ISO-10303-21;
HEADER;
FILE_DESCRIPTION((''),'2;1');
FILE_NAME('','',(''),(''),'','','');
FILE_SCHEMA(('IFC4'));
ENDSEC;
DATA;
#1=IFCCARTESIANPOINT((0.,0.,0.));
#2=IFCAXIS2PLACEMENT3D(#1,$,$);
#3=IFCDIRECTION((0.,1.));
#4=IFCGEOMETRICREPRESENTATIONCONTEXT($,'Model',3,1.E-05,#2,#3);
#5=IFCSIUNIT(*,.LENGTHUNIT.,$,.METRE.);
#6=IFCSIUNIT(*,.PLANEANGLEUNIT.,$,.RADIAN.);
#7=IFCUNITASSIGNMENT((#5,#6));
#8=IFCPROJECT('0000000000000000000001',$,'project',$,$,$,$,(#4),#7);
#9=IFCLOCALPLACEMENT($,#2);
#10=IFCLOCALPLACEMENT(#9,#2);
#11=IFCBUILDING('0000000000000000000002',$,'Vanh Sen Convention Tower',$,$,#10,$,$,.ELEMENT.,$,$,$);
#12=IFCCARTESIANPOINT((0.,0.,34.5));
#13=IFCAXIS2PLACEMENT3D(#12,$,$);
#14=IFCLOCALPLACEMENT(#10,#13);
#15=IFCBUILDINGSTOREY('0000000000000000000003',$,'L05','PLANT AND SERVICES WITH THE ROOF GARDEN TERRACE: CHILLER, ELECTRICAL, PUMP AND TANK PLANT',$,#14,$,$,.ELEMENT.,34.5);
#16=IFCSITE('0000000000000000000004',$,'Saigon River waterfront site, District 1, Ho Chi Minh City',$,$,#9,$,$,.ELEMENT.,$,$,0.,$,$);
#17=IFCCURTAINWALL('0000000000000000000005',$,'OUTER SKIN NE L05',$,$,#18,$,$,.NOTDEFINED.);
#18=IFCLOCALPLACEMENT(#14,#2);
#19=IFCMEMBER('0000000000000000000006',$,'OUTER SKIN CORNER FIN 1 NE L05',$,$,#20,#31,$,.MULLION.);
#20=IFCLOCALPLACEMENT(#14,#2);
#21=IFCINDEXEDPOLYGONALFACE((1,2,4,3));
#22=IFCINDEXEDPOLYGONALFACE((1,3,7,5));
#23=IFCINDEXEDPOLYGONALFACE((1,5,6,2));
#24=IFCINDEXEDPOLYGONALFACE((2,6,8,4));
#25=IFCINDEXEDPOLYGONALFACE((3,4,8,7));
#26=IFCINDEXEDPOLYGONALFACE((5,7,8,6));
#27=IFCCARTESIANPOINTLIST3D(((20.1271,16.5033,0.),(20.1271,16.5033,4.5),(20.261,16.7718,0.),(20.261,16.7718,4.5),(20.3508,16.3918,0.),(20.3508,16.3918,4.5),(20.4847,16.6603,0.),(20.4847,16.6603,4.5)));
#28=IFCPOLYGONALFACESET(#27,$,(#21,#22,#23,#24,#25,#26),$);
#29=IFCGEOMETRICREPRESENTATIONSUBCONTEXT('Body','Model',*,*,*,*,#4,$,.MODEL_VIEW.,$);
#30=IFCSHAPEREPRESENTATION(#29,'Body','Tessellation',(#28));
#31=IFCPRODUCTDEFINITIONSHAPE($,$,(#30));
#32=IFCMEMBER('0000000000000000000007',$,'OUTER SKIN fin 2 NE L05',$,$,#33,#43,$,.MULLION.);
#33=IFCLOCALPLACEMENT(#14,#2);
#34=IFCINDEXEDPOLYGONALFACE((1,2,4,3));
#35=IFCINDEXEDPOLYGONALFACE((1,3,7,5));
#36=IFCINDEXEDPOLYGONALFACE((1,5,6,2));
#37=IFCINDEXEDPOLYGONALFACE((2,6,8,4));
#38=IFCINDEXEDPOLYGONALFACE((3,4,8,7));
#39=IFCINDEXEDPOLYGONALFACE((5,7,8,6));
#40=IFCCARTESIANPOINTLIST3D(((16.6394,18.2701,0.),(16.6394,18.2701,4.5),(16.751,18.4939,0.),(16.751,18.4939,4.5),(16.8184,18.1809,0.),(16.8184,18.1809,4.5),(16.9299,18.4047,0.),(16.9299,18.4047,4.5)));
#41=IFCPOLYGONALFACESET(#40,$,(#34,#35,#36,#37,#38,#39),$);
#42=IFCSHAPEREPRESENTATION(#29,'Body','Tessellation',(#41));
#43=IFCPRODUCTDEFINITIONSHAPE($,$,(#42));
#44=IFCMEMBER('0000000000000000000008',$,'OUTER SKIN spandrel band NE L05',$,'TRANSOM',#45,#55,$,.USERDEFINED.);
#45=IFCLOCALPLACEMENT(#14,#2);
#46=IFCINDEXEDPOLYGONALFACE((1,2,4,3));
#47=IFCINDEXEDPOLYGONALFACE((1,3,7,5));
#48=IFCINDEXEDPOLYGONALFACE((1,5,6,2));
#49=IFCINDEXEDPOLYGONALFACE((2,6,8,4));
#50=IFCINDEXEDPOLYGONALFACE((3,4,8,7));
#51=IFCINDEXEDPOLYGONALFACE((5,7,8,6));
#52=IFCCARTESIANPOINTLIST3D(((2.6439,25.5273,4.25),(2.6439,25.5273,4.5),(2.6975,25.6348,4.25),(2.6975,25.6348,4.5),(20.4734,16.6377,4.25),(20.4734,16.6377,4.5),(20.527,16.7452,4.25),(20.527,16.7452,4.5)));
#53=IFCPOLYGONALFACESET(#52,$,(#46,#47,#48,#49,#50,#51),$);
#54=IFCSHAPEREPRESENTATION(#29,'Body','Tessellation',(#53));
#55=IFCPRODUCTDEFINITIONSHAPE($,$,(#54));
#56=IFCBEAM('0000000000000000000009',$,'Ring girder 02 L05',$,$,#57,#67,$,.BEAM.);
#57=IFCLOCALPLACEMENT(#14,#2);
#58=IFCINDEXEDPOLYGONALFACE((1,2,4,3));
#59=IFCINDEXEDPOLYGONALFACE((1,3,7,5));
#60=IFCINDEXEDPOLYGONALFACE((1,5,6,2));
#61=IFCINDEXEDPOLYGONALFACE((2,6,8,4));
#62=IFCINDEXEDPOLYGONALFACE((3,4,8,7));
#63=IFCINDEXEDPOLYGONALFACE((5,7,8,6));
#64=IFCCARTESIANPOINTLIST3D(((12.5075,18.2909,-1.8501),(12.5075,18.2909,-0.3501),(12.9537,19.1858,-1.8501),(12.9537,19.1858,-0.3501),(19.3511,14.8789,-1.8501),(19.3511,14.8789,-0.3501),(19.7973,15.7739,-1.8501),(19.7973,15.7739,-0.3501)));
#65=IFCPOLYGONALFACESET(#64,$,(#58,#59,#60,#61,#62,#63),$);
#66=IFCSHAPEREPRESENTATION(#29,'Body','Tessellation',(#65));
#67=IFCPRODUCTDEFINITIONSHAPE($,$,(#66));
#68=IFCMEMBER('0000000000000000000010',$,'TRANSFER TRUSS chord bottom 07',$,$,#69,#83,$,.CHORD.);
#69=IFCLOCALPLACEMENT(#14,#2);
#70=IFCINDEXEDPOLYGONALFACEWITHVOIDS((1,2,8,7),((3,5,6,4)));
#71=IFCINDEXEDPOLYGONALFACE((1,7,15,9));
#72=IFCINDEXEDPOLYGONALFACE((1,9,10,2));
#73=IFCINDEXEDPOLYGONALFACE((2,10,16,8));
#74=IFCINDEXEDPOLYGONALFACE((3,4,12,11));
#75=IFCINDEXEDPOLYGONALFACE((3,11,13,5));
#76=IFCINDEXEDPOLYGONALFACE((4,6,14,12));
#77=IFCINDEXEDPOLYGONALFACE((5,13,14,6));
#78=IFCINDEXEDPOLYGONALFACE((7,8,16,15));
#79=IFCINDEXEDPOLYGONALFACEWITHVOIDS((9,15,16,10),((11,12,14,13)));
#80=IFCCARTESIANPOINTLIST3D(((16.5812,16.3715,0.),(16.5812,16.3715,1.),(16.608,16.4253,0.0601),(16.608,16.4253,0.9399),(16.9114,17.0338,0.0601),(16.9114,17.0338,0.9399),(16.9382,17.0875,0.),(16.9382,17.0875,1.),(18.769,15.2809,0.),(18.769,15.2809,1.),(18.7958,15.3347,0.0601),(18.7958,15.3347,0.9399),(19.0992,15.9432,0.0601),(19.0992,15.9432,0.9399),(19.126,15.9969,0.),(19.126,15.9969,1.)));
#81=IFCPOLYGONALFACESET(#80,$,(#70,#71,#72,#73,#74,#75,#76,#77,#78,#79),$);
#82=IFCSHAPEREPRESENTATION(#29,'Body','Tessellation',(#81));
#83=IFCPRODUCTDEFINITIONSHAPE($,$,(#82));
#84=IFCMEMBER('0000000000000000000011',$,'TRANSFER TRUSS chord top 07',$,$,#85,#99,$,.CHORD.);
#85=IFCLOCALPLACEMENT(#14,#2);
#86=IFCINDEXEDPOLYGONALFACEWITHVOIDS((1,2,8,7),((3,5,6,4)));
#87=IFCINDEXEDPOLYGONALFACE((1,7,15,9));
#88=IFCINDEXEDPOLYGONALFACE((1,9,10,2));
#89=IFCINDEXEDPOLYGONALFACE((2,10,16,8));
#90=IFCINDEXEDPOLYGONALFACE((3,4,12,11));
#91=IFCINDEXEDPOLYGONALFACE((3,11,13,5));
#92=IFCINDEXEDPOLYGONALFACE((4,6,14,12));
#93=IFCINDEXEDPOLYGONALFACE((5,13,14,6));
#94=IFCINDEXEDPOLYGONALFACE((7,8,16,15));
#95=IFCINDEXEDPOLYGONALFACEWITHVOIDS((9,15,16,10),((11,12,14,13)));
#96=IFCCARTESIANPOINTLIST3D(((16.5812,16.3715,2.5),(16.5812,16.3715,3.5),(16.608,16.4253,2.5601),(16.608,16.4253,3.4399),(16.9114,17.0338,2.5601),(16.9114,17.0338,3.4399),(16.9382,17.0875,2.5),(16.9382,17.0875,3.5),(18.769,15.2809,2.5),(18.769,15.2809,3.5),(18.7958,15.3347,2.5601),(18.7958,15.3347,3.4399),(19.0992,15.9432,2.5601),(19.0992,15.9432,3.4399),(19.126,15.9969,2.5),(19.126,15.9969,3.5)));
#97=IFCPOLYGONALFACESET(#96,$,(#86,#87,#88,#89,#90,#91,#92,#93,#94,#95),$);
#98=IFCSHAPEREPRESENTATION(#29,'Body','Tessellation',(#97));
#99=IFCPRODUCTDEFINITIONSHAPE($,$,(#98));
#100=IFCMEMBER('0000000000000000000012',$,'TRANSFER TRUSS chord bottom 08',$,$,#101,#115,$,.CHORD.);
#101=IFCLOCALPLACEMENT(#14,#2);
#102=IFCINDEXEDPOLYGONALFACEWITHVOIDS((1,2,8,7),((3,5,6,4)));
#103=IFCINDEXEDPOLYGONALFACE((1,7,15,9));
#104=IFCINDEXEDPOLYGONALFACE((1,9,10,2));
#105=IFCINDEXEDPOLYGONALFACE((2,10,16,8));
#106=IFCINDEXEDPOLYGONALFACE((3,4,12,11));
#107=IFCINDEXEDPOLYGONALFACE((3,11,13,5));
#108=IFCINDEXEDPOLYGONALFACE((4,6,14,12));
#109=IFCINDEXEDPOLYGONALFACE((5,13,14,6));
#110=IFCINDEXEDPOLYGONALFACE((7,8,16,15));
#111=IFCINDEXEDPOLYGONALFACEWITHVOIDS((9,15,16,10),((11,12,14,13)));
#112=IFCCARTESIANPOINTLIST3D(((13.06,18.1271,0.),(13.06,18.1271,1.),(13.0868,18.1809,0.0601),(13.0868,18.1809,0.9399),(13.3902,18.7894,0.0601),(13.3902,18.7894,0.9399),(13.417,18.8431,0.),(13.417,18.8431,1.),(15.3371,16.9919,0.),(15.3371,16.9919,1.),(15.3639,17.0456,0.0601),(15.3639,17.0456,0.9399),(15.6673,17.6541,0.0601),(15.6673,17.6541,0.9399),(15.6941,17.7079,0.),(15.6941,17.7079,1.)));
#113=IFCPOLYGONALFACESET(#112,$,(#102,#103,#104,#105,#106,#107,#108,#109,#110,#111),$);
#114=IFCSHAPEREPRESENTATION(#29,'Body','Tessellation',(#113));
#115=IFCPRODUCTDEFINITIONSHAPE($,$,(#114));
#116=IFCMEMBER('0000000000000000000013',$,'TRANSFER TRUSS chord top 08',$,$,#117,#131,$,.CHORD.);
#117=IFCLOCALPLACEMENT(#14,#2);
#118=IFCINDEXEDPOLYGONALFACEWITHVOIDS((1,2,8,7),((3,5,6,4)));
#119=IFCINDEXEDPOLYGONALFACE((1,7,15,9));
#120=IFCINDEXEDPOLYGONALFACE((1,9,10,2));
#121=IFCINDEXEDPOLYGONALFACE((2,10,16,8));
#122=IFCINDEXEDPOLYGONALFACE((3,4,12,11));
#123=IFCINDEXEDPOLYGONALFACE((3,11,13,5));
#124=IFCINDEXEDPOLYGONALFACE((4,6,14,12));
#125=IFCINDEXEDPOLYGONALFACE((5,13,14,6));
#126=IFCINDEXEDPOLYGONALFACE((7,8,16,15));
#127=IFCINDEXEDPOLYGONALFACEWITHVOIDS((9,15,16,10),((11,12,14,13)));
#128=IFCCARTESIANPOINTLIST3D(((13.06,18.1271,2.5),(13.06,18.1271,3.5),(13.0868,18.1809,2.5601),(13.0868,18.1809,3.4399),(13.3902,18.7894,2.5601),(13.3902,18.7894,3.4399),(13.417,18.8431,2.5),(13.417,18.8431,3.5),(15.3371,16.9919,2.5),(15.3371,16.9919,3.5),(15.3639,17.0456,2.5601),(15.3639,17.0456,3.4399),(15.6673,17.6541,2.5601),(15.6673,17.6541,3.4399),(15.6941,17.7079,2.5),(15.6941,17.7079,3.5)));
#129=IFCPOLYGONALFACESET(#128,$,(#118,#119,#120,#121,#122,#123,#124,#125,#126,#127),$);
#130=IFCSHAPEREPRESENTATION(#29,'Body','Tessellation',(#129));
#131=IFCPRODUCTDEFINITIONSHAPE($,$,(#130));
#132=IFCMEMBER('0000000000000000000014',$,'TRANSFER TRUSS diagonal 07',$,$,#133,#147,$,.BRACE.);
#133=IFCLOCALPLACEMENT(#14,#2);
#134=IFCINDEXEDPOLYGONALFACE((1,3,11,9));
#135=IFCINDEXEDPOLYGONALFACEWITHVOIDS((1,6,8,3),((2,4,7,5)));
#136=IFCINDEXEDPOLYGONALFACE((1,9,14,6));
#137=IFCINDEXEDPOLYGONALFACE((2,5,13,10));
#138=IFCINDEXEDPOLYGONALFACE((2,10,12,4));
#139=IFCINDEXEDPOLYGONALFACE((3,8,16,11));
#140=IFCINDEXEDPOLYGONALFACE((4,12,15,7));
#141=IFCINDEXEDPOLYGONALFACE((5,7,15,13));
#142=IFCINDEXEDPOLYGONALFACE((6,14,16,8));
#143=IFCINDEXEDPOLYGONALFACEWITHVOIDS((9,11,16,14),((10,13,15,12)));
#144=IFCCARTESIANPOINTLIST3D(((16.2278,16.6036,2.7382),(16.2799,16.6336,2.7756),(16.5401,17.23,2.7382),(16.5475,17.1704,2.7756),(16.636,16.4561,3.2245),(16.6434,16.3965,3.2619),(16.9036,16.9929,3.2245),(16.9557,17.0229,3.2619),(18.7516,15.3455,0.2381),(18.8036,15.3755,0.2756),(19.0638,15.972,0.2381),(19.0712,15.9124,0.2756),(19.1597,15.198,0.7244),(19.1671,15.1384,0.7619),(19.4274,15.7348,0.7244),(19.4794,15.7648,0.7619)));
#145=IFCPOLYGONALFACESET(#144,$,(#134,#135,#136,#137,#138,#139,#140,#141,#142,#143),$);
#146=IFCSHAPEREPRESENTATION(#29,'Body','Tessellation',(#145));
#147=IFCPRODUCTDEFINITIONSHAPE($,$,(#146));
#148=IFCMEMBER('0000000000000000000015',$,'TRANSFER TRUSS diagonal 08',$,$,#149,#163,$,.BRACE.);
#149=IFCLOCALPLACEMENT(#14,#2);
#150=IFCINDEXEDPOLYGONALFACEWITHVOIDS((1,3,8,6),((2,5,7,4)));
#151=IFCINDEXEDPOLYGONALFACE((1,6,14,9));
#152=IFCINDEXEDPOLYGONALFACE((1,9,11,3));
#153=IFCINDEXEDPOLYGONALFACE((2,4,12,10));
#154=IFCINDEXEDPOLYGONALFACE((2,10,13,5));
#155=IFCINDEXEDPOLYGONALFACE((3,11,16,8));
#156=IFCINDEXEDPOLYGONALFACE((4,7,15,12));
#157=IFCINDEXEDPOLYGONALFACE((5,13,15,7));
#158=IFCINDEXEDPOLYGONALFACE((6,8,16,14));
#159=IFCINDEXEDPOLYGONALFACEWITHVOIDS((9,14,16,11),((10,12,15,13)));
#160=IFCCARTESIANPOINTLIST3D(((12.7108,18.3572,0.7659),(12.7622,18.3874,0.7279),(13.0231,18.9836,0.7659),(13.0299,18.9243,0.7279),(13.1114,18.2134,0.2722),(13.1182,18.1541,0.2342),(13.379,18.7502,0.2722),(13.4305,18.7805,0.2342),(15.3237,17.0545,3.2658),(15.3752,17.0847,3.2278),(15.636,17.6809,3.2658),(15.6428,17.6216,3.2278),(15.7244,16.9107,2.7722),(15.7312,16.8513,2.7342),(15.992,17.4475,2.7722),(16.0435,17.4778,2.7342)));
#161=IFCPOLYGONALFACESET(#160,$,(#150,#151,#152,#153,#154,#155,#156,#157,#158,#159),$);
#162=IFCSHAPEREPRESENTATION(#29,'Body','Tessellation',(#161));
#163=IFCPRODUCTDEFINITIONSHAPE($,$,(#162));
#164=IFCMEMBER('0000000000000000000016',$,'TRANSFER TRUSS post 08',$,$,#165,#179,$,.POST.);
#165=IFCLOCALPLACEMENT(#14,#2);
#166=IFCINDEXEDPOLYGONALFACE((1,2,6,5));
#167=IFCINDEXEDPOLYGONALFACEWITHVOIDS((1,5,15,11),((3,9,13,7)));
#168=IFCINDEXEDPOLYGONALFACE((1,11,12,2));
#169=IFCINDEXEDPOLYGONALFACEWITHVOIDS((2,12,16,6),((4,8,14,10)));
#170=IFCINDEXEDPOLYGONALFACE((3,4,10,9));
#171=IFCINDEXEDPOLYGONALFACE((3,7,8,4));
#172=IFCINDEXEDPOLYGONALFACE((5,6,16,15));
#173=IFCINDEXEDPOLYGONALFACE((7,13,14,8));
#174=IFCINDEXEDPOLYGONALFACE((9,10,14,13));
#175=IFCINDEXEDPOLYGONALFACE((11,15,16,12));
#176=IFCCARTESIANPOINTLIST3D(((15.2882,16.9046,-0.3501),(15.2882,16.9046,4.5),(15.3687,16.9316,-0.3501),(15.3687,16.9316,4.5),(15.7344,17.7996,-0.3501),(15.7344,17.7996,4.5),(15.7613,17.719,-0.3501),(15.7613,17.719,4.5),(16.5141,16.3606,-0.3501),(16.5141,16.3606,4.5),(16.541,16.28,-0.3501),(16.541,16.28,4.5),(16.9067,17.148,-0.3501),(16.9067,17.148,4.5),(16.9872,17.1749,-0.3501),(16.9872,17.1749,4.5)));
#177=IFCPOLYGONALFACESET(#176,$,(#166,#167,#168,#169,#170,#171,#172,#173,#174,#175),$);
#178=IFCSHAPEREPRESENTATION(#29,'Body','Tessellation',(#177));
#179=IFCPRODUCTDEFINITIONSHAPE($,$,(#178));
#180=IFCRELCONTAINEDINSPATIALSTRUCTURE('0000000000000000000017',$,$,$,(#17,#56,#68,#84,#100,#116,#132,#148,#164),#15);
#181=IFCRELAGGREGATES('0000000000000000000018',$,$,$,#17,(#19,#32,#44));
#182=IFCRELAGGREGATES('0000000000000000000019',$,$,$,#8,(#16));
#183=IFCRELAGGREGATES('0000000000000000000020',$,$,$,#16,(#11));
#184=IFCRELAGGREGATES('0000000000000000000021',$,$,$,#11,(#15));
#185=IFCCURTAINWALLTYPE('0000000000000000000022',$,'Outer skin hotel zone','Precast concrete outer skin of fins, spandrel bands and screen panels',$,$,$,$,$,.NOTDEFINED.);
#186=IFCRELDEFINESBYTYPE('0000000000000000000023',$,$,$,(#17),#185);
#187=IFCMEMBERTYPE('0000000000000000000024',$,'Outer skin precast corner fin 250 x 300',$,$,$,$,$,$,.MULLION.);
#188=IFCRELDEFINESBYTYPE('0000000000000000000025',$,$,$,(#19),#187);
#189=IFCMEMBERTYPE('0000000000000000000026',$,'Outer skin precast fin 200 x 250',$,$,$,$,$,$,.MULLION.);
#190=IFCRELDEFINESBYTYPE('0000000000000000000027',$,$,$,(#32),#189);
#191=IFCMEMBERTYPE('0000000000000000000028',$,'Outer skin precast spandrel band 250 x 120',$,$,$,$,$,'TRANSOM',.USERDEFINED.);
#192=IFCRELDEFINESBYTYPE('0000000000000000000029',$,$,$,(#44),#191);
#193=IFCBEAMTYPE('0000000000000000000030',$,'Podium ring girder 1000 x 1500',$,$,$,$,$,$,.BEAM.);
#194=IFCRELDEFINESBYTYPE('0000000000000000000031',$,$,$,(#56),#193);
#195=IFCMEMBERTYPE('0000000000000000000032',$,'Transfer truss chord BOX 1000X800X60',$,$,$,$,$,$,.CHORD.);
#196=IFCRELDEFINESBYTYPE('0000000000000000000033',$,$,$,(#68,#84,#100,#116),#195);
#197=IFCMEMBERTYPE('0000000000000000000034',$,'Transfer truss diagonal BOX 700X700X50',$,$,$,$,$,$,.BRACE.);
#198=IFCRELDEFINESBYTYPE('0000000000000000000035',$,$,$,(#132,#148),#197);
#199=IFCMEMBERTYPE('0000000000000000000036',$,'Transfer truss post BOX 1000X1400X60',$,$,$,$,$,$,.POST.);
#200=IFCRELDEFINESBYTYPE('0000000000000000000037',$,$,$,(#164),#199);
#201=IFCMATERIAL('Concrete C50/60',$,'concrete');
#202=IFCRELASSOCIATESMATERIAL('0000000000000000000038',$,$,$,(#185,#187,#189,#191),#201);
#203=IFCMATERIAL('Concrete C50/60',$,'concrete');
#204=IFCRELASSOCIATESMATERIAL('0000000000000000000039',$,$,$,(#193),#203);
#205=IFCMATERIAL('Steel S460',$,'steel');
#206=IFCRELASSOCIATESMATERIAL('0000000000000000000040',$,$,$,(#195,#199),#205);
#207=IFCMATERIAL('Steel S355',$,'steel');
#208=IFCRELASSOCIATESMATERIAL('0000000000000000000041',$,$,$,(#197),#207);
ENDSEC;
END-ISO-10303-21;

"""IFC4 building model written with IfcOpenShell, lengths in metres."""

from ifc_helpers import new_model, si_unit, direction, frame, origin, origin_2d, place, context, subcontext, project, spatial, rectangle, hollow_rectangle, extrude, material, material_profile, profile_set, type_object, element, aggregate, save


model = new_model("IFC4")

# Units and contexts
model_context = context("Model", 3, precision=1e-05, world=origin(), true_north=direction((0.0, 1.0)))
body_context = subcontext(model_context, "Body", "Model", "MODEL_VIEW")
ifc_project = project(units=[si_unit("LENGTHUNIT", "METRE"), si_unit("PLANEANGLEUNIT", "RADIAN")], contexts=[model_context])

# Site, building, storey
site_placement = place(None, origin())
site = spatial("IfcSite", under=ifc_project, at=site_placement, Name="Saigon River waterfront site, District 1, Ho Chi Minh City", CompositionType="ELEMENT", RefElevation=0.0)
building_placement = place(site_placement, origin())
building = spatial("IfcBuilding", under=site, at=building_placement, Name="Vanh Sen Convention Tower", CompositionType="ELEMENT")
storey_placement = place(building_placement, frame((0.0, 0.0, 34.5)))
storey = spatial("IfcBuildingStorey", under=building, at=storey_placement, Name="L05", Description="PLANT AND SERVICES WITH THE ROOF GARDEN TERRACE: CHILLER, ELECTRICAL, PUMP AND TANK PLANT", CompositionType="ELEMENT", Elevation=34.5)

# Curtain wall, members
ifc_material_1 = material(Name="Concrete C50/60", Category="concrete")
curtain_wall_type = type_object("IfcCurtainWallType", Name="Outer skin hotel zone", Description="Precast concrete outer skin of fins, spandrel bands and screen panels", PredefinedType="NOTDEFINED", material=ifc_material_1)
curtain_wall_placement = place(storey_placement, origin())
curtain_wall = element("IfcCurtainWall", 1, at=curtain_wall_placement, inside=storey, type_object=curtain_wall_type, Name="OUTER SKIN NE L05", PredefinedType="NOTDEFINED")
ifc_material_profile_1 = material_profile(ifc_material_1, rectangle(XDim=0.25, YDim=0.3, at=origin_2d()), Name="Outer skin precast corner fin 250 x 300")
ifc_profile_set_1 = profile_set([ifc_material_profile_1], Name="Concrete C50/60")
member_type_1 = type_object("IfcMemberType", Name="Outer skin precast corner fin 250 x 300", PredefinedType="MULLION", material=ifc_profile_set_1)
member_1_placement = place(storey_placement, frame((20.3059, 16.5818, 0.0), z_axis=(0.0, 0.0, 1.0), x_axis=(-0.894934, 0.446198, 0.0)))
member_1 = element("IfcMember", 2, at=member_1_placement, type_object=member_type_1, Name="OUTER SKIN CORNER FIN 1 NE L05", PredefinedType="MULLION", context=body_context, shape_type="SweptSolid", body=[
    extrude(rectangle(XDim=0.25, YDim=0.3, at=origin_2d()), origin(), (0.0, 0.0, 1.0), 4.5),
])
ifc_material_profile_2 = material_profile(ifc_material_1, rectangle(XDim=0.2, YDim=0.25, at=origin_2d()), Name="Outer skin precast fin 200 x 250")
ifc_profile_set_2 = profile_set([ifc_material_profile_2], Name="Concrete C50/60")
member_type_2 = type_object("IfcMemberType", Name="Outer skin precast fin 200 x 250", PredefinedType="MULLION", material=ifc_profile_set_2)
member_2_placement = place(storey_placement, frame((16.7847, 18.3374, 0.0), z_axis=(0.0, 0.0, 1.0), x_axis=(-0.894934, 0.446198, 0.0)))
member_2 = element("IfcMember", 3, at=member_2_placement, type_object=member_type_2, Name="OUTER SKIN fin 2 NE L05", PredefinedType="MULLION", context=body_context, shape_type="SweptSolid", body=[
    extrude(rectangle(XDim=0.2, YDim=0.25, at=origin_2d()), origin(), (0.0, 0.0, 1.0), 4.5),
])
ifc_material_profile_3 = material_profile(ifc_material_1, rectangle(XDim=0.1201, YDim=0.25, at=origin_2d()), Name="Outer skin precast spandrel band 250 x 120")
ifc_profile_set_3 = profile_set([ifc_material_profile_3], Name="Concrete C50/60")
member_type_3 = type_object("IfcMemberType", Name="Outer skin precast spandrel band 250 x 120", ElementType="TRANSOM", PredefinedType="USERDEFINED", material=ifc_profile_set_3)
member_3_placement = place(storey_placement, frame((20.5002, 16.6914, 4.375), z_axis=(-0.894931, 0.446204, 0.0), x_axis=(-0.446204, -0.894931, 0.0)))
member_3 = element("IfcMember", 4, at=member_3_placement, type_object=member_type_3, Name="OUTER SKIN spandrel band NE L05", ObjectType="TRANSOM", PredefinedType="USERDEFINED", context=body_context, shape_type="SweptSolid", body=[
    extrude(rectangle(XDim=0.1201, YDim=0.25, at=origin_2d()), origin(), (0.0, 0.0, 1.0), 19.9229),
])

# Beam
ifc_material_2 = material(Name="Concrete C50/60", Category="concrete")
ifc_material_profile_4 = material_profile(ifc_material_2, rectangle(XDim=1.0, YDim=1.5, at=origin_2d()), Name="RC 1000X1500")
ifc_profile_set_4 = profile_set([ifc_material_profile_4], Name="Concrete C50/60")
beam_type = type_object("IfcBeamType", Name="Podium ring girder 1000 x 1500", PredefinedType="BEAM", material=ifc_profile_set_4)
beam_placement = place(storey_placement, frame((19.5742, 15.3264, -1.1001), z_axis=(-0.894944, 0.446179, 0.0), x_axis=(-0.446179, -0.894944, 0.0)))
element("IfcBeam", 5, at=beam_placement, inside=storey, type_object=beam_type, Name="Ring girder 02 L05", PredefinedType="BEAM", context=body_context, shape_type="SweptSolid", body=[
    extrude(rectangle(XDim=1.0, YDim=1.5, at=origin_2d()), origin(), (0.0, 0.0, 1.0), 7.647),
])

# Members
ifc_material_3 = material(Name="Steel S460", Category="steel")
ifc_material_profile_5 = material_profile(ifc_material_3, hollow_rectangle(XDim=0.8, YDim=1.0, WallThickness=0.0601, at=origin_2d()), Name="BOX 1000X800X60")
ifc_profile_set_5 = profile_set([ifc_material_profile_5], Name="Steel S460")
member_type_4 = type_object("IfcMemberType", Name="Transfer truss chord BOX 1000X800X60", PredefinedType="CHORD", material=ifc_profile_set_5)
for number, where, z_axis, x_axis, name in (
    (6, (18.9475, 15.6389, 0.5), (-0.894966, 0.446135, 0.0), (-0.446135, -0.894966, 0.0), "TRANSFER TRUSS chord bottom 07"),
    (7, (18.9475, 15.6389, 3.0), (-0.894966, 0.446135, 0.0), (-0.446135, -0.894966, 0.0), "TRANSFER TRUSS chord top 07"),
):
    element("IfcMember", number, at=place(storey_placement, frame(where, z_axis=z_axis, x_axis=x_axis)), inside=storey, type_object=member_type_4, Name=name, PredefinedType="CHORD", context=body_context, shape_type="SweptSolid", body=[
        extrude(hollow_rectangle(XDim=0.8, YDim=1.0, WallThickness=0.0601, at=origin_2d()), origin(), (0.0, 0.0, 1.0), 2.4446),
    ])
for number, where, z_axis, x_axis, name in (
    (8, (15.5156, 17.3499, 0.5), (-0.894945, 0.446177, 0.0), (-0.446177, -0.894945, 0.0), "TRANSFER TRUSS chord bottom 08"),
    (9, (15.5156, 17.3499, 3.0), (-0.894945, 0.446177, 0.0), (-0.446177, -0.894945, 0.0), "TRANSFER TRUSS chord top 08"),
):
    element("IfcMember", number, at=place(storey_placement, frame(where, z_axis=z_axis, x_axis=x_axis)), inside=storey, type_object=member_type_4, Name=name, PredefinedType="CHORD", context=body_context, shape_type="SweptSolid", body=[
        extrude(hollow_rectangle(XDim=0.8, YDim=1.0, WallThickness=0.0601, at=origin_2d()), origin(), (0.0, 0.0, 1.0), 2.5444),
    ])
ifc_material_4 = material(Name="Steel S355", Category="steel")
ifc_material_profile_6 = material_profile(ifc_material_4, hollow_rectangle(XDim=0.7, YDim=0.7, WallThickness=0.05, at=origin_2d()), Name="BOX 700X700X50")
ifc_profile_set_6 = profile_set([ifc_material_profile_6], Name="Steel S355")
member_type_5 = type_object("IfcMemberType", Name="Transfer truss diagonal BOX 700X700X50", PredefinedType="BRACE", material=ifc_profile_set_6)
member_4_placement = place(storey_placement, frame((19.1155, 15.5552, 0.5), z_axis=(-0.669676, 0.333834, 0.663392), x_axis=(-0.44614, -0.894963, 0.0)))
element("IfcMember", 10, at=member_4_placement, inside=storey, type_object=member_type_5, Name="TRANSFER TRUSS diagonal 07", PredefinedType="BRACE", context=body_context, shape_type="SweptSolid", body=[
    extrude(hollow_rectangle(XDim=0.7, YDim=0.7, WallThickness=0.05, at=origin_2d()), origin(), (0.0, 0.0, 1.0), 3.7686),
])
member_5_placement = place(storey_placement, frame((15.6836, 17.2661, 3.0), z_axis=(-0.679799, 0.338915, -0.650392), x_axis=(-0.446176, -0.894945, 0.0)))
element("IfcMember", 11, at=member_5_placement, inside=storey, type_object=member_type_5, Name="TRANSFER TRUSS diagonal 08", PredefinedType="BRACE", context=body_context, shape_type="SweptSolid", body=[
    extrude(hollow_rectangle(XDim=0.7, YDim=0.7, WallThickness=0.05, at=origin_2d()), origin(), (0.0, 0.0, 1.0), 3.8438),
])
ifc_material_profile_7 = material_profile(ifc_material_3, hollow_rectangle(XDim=1.3999, YDim=1.0, WallThickness=0.0601, at=origin_2d()), Name="BOX 1000X1400X60")
ifc_profile_set_7 = profile_set([ifc_material_profile_7], Name="Steel S460")
member_type_6 = type_object("IfcMemberType", Name="Transfer truss post BOX 1000X1400X60", PredefinedType="POST", material=ifc_profile_set_7)
member_6_placement = place(storey_placement, frame((16.1377, 17.0398, -0.3501), z_axis=(0.0, 0.0, 1.0), x_axis=(-0.894934, 0.446198, 0.0)))
element("IfcMember", 12, at=member_6_placement, inside=storey, type_object=member_type_6, Name="TRANSFER TRUSS post 08", PredefinedType="POST", context=body_context, shape_type="SweptSolid", body=[
    extrude(hollow_rectangle(XDim=1.3999, YDim=1.0, WallThickness=0.0601, at=origin_2d()), origin(), (0.0, 0.0, 1.0), 4.8501),
])

aggregate(curtain_wall, [member_1, member_2, member_3])

save(model, "model.ifc")
